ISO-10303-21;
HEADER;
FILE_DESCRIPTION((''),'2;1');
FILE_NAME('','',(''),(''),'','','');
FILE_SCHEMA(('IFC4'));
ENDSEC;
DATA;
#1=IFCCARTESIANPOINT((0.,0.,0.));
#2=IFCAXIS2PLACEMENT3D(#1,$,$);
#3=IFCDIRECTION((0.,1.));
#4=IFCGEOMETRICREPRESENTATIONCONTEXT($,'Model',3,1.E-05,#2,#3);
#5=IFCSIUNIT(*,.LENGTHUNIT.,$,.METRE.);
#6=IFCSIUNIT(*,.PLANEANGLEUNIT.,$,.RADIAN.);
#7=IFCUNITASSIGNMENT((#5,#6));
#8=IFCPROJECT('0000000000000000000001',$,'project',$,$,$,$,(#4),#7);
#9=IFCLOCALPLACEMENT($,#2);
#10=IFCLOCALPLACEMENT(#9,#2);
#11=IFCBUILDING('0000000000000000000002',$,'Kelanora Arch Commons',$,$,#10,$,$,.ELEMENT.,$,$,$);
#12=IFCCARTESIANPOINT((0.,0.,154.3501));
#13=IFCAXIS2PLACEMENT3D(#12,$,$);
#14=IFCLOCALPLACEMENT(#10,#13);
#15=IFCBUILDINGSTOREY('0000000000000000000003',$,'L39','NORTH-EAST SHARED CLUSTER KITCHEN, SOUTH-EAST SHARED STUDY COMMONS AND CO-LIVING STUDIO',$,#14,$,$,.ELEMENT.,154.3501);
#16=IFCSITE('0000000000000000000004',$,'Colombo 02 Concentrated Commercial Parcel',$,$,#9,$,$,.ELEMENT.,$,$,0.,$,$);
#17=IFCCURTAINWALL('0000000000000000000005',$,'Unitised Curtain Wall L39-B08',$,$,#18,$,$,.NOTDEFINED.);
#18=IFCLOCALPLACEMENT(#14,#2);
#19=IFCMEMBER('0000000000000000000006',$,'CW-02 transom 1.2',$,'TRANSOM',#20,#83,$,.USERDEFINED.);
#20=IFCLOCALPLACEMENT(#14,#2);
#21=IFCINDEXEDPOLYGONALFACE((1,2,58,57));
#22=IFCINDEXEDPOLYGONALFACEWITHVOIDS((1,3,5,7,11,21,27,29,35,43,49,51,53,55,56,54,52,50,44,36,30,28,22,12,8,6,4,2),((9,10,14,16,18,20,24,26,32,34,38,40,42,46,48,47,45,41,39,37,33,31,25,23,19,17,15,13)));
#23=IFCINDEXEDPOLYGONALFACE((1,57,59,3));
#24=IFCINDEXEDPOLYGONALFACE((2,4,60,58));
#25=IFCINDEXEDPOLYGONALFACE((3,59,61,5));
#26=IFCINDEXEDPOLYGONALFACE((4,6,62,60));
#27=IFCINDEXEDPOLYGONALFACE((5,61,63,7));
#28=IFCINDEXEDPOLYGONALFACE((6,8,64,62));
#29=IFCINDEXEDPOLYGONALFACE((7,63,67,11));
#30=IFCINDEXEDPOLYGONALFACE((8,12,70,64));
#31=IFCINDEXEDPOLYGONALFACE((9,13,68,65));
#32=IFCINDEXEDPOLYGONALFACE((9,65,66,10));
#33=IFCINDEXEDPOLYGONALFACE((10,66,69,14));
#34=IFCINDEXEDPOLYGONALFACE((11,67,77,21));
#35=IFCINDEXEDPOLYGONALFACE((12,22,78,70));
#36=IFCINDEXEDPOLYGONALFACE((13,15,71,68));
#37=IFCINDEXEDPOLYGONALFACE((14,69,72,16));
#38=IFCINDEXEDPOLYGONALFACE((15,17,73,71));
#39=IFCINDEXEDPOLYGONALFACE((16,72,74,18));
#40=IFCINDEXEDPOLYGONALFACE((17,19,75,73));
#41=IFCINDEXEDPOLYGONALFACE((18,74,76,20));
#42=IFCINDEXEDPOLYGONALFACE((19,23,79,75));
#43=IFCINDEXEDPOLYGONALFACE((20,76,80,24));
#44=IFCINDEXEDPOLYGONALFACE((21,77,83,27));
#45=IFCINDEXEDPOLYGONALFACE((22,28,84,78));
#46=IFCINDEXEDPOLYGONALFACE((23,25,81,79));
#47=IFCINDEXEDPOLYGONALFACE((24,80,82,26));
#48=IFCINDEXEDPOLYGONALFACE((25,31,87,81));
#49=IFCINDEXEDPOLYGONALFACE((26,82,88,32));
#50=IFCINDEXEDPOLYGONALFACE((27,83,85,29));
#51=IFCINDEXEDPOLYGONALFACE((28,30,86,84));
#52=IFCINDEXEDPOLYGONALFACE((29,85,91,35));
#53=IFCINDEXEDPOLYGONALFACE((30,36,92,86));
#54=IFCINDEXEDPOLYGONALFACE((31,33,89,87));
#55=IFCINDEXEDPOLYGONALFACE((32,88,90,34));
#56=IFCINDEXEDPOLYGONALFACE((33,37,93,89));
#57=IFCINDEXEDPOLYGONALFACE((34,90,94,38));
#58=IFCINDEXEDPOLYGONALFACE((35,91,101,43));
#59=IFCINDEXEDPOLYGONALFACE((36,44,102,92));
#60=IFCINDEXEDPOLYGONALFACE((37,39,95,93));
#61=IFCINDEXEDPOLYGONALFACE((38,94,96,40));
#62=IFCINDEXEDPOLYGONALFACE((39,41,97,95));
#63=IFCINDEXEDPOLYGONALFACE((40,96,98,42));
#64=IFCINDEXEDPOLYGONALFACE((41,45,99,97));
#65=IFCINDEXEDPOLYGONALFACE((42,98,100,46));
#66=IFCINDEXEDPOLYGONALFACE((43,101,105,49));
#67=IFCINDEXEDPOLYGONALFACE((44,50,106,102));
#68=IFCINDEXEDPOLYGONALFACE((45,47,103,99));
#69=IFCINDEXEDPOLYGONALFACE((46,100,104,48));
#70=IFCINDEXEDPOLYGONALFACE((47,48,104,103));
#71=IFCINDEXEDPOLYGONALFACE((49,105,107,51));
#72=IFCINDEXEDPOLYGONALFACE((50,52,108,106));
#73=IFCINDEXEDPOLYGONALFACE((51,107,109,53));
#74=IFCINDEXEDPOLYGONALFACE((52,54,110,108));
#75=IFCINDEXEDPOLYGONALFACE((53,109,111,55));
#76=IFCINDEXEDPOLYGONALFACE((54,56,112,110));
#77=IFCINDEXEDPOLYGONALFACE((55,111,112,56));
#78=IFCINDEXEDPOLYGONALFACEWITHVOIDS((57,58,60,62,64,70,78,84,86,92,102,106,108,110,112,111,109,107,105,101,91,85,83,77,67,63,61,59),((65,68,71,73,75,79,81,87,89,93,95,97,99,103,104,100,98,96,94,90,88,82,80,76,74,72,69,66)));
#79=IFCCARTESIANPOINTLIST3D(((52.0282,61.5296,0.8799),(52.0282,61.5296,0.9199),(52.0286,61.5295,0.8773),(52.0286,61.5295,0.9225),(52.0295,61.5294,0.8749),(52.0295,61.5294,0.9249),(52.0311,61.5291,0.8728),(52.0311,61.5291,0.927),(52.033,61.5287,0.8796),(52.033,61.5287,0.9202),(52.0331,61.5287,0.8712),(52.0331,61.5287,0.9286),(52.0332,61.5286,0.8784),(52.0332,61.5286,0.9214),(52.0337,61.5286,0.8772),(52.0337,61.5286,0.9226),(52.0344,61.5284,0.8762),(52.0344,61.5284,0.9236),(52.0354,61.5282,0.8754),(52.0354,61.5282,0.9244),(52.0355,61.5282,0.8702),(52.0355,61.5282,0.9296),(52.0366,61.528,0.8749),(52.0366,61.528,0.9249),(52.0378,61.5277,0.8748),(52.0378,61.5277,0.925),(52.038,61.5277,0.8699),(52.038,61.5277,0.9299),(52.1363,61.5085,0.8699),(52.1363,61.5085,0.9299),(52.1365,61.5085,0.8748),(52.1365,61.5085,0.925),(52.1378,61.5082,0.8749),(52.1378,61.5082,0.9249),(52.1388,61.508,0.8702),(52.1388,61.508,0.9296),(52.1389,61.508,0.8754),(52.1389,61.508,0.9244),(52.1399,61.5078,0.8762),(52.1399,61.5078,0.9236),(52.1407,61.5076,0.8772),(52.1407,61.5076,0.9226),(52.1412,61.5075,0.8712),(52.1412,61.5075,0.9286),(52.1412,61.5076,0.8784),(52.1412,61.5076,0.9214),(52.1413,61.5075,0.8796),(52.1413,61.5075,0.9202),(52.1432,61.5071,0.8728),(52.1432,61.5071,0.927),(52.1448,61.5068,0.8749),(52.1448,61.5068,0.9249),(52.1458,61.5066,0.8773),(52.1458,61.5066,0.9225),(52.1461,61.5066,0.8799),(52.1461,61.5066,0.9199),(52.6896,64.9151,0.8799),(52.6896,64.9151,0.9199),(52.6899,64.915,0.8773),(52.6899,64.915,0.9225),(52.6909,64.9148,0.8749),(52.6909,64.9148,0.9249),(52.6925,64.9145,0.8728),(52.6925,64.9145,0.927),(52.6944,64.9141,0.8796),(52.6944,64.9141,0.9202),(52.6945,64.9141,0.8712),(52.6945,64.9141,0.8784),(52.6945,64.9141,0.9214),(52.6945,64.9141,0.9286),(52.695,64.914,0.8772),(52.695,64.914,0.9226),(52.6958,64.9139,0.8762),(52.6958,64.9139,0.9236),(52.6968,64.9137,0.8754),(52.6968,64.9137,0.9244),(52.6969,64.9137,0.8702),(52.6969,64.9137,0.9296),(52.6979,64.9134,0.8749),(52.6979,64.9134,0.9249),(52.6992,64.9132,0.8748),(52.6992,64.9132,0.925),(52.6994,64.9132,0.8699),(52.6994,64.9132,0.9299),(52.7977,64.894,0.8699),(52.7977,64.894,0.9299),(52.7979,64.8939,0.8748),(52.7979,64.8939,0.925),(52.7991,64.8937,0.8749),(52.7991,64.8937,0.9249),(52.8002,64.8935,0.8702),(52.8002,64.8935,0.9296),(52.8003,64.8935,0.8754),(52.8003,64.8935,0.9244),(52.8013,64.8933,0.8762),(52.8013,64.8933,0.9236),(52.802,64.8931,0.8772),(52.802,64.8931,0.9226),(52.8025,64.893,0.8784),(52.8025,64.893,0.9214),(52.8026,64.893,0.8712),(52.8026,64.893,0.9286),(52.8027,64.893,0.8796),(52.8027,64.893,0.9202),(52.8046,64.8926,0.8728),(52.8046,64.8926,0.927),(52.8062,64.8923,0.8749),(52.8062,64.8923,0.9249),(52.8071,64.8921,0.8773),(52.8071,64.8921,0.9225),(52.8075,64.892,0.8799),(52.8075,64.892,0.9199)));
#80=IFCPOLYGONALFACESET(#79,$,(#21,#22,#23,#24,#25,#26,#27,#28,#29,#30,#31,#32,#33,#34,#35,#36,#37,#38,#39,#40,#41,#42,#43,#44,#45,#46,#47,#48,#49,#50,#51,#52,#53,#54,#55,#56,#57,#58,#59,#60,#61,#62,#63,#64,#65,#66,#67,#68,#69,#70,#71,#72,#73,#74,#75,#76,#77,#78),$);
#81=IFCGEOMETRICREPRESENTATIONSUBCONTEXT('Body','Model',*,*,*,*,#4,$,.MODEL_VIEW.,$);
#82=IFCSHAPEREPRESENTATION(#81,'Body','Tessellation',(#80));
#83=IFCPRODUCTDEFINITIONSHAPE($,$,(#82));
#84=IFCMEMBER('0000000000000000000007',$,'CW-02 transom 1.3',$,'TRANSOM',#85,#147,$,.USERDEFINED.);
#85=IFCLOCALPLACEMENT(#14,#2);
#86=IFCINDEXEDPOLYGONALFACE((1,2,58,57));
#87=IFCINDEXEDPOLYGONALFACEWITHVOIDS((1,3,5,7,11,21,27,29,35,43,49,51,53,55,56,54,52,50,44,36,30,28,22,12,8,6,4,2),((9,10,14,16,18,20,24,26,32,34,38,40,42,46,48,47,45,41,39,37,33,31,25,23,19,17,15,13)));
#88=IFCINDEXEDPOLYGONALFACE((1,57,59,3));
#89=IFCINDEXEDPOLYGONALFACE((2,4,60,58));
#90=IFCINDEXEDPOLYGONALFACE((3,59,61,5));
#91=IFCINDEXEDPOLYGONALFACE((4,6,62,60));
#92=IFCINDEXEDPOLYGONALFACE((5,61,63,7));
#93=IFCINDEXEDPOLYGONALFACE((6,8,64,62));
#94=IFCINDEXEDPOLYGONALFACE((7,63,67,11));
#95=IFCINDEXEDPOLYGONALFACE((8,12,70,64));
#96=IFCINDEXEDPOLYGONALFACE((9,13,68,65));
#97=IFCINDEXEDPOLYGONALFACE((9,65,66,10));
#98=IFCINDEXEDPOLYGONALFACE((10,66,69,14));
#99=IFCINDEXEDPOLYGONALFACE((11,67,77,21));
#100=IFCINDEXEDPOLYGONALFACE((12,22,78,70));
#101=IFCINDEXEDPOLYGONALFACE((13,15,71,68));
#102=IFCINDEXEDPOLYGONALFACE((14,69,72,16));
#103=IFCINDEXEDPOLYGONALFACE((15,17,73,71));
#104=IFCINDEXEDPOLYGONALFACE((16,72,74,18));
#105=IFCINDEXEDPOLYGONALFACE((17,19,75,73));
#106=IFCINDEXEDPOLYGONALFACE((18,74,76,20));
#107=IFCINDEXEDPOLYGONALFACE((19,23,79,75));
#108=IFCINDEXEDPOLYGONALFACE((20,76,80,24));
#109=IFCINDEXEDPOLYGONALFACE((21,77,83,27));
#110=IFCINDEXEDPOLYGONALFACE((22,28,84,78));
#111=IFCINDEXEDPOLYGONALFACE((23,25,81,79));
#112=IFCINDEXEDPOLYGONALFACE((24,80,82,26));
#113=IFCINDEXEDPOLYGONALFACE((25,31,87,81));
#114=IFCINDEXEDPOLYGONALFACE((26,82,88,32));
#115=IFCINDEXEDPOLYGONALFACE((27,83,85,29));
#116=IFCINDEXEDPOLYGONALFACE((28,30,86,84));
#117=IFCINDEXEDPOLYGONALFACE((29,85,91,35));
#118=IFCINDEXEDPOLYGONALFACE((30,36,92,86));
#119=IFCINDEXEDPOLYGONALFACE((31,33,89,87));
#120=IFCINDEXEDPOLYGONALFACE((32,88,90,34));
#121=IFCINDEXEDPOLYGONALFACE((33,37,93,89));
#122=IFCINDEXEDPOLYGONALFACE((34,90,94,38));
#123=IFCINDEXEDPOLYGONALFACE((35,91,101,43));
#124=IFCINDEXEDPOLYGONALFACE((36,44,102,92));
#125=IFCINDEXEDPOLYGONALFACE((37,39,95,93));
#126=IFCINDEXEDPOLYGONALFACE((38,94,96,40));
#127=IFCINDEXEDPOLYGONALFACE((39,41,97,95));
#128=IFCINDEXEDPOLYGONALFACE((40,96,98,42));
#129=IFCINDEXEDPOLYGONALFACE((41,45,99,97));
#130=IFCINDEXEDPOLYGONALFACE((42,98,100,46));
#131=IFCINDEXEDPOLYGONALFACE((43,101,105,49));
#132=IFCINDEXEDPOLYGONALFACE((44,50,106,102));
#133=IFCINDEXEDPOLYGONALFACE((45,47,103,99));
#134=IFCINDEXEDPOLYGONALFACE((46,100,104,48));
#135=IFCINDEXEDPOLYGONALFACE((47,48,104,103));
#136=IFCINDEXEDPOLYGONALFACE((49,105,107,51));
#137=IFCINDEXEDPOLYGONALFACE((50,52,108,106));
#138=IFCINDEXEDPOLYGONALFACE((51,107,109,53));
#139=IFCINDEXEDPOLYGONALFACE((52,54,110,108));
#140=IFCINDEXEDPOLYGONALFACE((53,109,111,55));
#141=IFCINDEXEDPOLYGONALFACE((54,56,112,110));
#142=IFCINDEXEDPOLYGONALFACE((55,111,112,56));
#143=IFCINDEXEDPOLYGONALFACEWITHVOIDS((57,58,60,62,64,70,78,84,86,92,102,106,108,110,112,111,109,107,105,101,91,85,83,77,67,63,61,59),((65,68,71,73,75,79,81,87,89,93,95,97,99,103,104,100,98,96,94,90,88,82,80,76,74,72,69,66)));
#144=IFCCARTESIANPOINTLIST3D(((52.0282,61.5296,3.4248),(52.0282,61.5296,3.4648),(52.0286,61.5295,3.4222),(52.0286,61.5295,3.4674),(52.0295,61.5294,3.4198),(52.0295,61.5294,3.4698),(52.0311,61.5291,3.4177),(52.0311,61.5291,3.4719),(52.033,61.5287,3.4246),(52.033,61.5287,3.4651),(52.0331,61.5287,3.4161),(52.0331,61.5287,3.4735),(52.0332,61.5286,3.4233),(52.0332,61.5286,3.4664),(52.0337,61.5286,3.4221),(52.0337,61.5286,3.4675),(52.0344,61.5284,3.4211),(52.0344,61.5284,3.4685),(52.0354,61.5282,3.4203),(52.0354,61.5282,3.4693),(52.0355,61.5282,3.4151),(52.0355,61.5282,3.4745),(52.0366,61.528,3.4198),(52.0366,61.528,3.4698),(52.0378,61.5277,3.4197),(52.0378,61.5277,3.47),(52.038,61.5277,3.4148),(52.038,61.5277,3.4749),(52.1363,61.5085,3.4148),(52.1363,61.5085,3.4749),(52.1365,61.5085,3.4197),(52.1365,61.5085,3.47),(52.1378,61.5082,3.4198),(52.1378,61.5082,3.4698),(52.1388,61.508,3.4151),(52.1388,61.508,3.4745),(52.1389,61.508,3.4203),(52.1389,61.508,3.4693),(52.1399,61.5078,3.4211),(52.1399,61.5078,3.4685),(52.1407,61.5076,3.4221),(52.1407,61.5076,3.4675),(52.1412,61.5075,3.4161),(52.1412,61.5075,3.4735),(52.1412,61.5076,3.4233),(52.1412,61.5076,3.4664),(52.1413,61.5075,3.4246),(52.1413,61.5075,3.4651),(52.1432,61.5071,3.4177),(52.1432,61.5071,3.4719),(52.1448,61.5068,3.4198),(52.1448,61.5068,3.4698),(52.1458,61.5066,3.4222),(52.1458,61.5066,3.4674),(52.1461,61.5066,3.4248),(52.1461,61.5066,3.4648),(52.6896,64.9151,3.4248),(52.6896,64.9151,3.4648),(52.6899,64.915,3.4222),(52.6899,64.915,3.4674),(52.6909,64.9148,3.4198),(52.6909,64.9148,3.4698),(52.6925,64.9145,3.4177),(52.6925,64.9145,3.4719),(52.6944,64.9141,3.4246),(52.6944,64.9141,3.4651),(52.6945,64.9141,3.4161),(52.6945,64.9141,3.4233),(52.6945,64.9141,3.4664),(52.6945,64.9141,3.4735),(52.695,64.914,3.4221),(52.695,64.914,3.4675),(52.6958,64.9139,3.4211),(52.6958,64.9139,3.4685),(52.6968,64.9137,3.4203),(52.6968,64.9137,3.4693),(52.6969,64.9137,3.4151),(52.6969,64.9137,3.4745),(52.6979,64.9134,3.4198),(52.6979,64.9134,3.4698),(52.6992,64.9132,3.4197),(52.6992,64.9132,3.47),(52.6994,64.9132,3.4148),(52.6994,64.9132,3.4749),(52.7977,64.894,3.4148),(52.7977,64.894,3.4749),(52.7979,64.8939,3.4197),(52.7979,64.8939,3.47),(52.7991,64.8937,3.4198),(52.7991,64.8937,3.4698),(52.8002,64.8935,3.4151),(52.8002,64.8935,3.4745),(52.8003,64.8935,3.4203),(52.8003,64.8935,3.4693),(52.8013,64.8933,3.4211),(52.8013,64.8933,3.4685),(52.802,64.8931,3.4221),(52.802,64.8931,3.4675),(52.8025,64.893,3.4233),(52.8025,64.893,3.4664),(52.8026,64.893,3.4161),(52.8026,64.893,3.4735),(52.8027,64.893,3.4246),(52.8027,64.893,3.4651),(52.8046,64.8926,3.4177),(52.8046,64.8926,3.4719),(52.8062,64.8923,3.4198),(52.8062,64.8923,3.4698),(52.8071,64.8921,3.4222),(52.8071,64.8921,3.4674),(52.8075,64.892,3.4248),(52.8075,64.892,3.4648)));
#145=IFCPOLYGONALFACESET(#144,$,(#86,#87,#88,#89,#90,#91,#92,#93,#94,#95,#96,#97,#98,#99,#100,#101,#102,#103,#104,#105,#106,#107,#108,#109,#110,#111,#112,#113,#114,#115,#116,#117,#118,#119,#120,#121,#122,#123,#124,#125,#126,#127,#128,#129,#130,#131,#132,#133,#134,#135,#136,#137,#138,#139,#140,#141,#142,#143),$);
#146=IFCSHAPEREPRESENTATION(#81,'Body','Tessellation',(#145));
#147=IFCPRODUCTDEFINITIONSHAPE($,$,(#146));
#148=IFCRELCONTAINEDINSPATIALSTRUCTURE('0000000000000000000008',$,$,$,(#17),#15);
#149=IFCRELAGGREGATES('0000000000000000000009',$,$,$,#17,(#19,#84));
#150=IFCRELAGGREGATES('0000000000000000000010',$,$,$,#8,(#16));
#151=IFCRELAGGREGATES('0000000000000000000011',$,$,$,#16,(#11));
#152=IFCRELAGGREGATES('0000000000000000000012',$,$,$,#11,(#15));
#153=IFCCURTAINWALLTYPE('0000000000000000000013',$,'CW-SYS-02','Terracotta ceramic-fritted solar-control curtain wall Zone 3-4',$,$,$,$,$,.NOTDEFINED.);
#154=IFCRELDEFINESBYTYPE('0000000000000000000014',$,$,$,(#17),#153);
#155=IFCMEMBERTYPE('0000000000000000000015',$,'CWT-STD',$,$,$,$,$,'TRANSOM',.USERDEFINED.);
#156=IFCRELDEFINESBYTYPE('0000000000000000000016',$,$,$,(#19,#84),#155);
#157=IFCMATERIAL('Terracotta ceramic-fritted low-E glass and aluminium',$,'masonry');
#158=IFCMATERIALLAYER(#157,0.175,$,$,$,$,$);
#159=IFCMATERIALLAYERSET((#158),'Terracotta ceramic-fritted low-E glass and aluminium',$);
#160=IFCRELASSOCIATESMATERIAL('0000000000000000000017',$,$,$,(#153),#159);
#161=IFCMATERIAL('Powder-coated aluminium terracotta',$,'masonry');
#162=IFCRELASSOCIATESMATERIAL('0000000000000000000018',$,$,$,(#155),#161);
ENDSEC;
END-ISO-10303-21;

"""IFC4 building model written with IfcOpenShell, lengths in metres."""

from ifc_helpers import new_model, si_unit, direction, frame, origin, origin_2d, place, context, subcontext, project, spatial, hollow_rectangle, extrude, material, layer, layer_set, material_profile, profile_set, type_object, element, aggregate, save


model = new_model("IFC4")

# Units and contexts
model_context = context("Model", 3, precision=1e-05, world=origin(), true_north=direction((0.0, 1.0)))
body_context = subcontext(model_context, "Body", "Model", "MODEL_VIEW")
ifc_project = project(units=[si_unit("LENGTHUNIT", "METRE"), si_unit("PLANEANGLEUNIT", "RADIAN")], contexts=[model_context])

# Site, building, storey
site_placement = place(None, origin())
site = spatial("IfcSite", under=ifc_project, at=site_placement, Name="Colombo 02 Concentrated Commercial Parcel", CompositionType="ELEMENT", RefElevation=0.0)
building_placement = place(site_placement, origin())
building = spatial("IfcBuilding", under=site, at=building_placement, Name="Kelanora Arch Commons", CompositionType="ELEMENT")
storey_placement = place(building_placement, frame((0.0, 0.0, 154.3501)))
storey = spatial("IfcBuildingStorey", under=building, at=storey_placement, Name="L39", Description="NORTH-EAST SHARED CLUSTER KITCHEN, SOUTH-EAST SHARED STUDY COMMONS AND CO-LIVING STUDIO", CompositionType="ELEMENT", Elevation=154.3501)

# Curtain wall, members
ifc_material_1 = material(Name="Terracotta ceramic-fritted low-E glass and aluminium", Category="masonry")
ifc_layer_1 = layer(ifc_material_1, 0.175)
ifc_layer_set_1 = layer_set([ifc_layer_1], Name="Terracotta ceramic-fritted low-E glass and aluminium")
curtain_wall_type = type_object("IfcCurtainWallType", Name="CW-SYS-02", Description="Terracotta ceramic-fritted solar-control curtain wall Zone 3-4", PredefinedType="NOTDEFINED", material=ifc_layer_set_1)
curtain_wall_placement = place(storey_placement, origin())
curtain_wall = element("IfcCurtainWall", 1, at=curtain_wall_placement, inside=storey, type_object=curtain_wall_type, Name="Unitised Curtain Wall L39-B08", PredefinedType="NOTDEFINED")
ifc_material_2 = material(Name="Powder-coated aluminium terracotta", Category="masonry")
ifc_material_profile_1 = material_profile(ifc_material_2, hollow_rectangle(XDim=0.1201, YDim=0.0601, WallThickness=0.0049, InnerFilletRadius=0.0049, OuterFilletRadius=0.01, at=origin_2d()), Name="CWT120x60")
ifc_profile_set_1 = profile_set([ifc_material_profile_1], Name="Powder-coated aluminium terracotta")
member_type_1 = type_object("IfcMemberType", Name="CWT-STD", ElementType="TRANSOM", PredefinedType="USERDEFINED", material=ifc_profile_set_1)
member_1_placement = place(storey_placement, frame((52.7485, 64.9036, 0.8999), z_axis=(-0.191732, -0.981447, 0.0), x_axis=(0.981447, -0.191732, 0.0)))
member_1 = element("IfcMember", 2, at=member_1_placement, type_object=member_type_1, Name="CW-02 transom 1.2", ObjectType="TRANSOM", PredefinedType="USERDEFINED", context=body_context, shape_type="SweptSolid", body=[
    extrude(hollow_rectangle(XDim=0.1201, YDim=0.0601, WallThickness=0.0049, InnerFilletRadius=0.0049, OuterFilletRadius=0.01, at=origin_2d()), origin(), (0.0, 0.0, 1.0), 3.4495),
])
member_2_placement = place(storey_placement, frame((52.7485, 64.9036, 3.4448), z_axis=(-0.191732, -0.981447, 0.0), x_axis=(0.981447, -0.191732, 0.0)))
member_2 = element("IfcMember", 3, at=member_2_placement, type_object=member_type_1, Name="CW-02 transom 1.3", ObjectType="TRANSOM", PredefinedType="USERDEFINED", context=body_context, shape_type="SweptSolid", body=[
    extrude(hollow_rectangle(XDim=0.1201, YDim=0.0601, WallThickness=0.0049, InnerFilletRadius=0.0049, OuterFilletRadius=0.01, at=origin_2d()), origin(), (0.0, 0.0, 1.0), 3.4495),
])
aggregate(curtain_wall, [member_1, member_2])

save(model, "model.ifc")
